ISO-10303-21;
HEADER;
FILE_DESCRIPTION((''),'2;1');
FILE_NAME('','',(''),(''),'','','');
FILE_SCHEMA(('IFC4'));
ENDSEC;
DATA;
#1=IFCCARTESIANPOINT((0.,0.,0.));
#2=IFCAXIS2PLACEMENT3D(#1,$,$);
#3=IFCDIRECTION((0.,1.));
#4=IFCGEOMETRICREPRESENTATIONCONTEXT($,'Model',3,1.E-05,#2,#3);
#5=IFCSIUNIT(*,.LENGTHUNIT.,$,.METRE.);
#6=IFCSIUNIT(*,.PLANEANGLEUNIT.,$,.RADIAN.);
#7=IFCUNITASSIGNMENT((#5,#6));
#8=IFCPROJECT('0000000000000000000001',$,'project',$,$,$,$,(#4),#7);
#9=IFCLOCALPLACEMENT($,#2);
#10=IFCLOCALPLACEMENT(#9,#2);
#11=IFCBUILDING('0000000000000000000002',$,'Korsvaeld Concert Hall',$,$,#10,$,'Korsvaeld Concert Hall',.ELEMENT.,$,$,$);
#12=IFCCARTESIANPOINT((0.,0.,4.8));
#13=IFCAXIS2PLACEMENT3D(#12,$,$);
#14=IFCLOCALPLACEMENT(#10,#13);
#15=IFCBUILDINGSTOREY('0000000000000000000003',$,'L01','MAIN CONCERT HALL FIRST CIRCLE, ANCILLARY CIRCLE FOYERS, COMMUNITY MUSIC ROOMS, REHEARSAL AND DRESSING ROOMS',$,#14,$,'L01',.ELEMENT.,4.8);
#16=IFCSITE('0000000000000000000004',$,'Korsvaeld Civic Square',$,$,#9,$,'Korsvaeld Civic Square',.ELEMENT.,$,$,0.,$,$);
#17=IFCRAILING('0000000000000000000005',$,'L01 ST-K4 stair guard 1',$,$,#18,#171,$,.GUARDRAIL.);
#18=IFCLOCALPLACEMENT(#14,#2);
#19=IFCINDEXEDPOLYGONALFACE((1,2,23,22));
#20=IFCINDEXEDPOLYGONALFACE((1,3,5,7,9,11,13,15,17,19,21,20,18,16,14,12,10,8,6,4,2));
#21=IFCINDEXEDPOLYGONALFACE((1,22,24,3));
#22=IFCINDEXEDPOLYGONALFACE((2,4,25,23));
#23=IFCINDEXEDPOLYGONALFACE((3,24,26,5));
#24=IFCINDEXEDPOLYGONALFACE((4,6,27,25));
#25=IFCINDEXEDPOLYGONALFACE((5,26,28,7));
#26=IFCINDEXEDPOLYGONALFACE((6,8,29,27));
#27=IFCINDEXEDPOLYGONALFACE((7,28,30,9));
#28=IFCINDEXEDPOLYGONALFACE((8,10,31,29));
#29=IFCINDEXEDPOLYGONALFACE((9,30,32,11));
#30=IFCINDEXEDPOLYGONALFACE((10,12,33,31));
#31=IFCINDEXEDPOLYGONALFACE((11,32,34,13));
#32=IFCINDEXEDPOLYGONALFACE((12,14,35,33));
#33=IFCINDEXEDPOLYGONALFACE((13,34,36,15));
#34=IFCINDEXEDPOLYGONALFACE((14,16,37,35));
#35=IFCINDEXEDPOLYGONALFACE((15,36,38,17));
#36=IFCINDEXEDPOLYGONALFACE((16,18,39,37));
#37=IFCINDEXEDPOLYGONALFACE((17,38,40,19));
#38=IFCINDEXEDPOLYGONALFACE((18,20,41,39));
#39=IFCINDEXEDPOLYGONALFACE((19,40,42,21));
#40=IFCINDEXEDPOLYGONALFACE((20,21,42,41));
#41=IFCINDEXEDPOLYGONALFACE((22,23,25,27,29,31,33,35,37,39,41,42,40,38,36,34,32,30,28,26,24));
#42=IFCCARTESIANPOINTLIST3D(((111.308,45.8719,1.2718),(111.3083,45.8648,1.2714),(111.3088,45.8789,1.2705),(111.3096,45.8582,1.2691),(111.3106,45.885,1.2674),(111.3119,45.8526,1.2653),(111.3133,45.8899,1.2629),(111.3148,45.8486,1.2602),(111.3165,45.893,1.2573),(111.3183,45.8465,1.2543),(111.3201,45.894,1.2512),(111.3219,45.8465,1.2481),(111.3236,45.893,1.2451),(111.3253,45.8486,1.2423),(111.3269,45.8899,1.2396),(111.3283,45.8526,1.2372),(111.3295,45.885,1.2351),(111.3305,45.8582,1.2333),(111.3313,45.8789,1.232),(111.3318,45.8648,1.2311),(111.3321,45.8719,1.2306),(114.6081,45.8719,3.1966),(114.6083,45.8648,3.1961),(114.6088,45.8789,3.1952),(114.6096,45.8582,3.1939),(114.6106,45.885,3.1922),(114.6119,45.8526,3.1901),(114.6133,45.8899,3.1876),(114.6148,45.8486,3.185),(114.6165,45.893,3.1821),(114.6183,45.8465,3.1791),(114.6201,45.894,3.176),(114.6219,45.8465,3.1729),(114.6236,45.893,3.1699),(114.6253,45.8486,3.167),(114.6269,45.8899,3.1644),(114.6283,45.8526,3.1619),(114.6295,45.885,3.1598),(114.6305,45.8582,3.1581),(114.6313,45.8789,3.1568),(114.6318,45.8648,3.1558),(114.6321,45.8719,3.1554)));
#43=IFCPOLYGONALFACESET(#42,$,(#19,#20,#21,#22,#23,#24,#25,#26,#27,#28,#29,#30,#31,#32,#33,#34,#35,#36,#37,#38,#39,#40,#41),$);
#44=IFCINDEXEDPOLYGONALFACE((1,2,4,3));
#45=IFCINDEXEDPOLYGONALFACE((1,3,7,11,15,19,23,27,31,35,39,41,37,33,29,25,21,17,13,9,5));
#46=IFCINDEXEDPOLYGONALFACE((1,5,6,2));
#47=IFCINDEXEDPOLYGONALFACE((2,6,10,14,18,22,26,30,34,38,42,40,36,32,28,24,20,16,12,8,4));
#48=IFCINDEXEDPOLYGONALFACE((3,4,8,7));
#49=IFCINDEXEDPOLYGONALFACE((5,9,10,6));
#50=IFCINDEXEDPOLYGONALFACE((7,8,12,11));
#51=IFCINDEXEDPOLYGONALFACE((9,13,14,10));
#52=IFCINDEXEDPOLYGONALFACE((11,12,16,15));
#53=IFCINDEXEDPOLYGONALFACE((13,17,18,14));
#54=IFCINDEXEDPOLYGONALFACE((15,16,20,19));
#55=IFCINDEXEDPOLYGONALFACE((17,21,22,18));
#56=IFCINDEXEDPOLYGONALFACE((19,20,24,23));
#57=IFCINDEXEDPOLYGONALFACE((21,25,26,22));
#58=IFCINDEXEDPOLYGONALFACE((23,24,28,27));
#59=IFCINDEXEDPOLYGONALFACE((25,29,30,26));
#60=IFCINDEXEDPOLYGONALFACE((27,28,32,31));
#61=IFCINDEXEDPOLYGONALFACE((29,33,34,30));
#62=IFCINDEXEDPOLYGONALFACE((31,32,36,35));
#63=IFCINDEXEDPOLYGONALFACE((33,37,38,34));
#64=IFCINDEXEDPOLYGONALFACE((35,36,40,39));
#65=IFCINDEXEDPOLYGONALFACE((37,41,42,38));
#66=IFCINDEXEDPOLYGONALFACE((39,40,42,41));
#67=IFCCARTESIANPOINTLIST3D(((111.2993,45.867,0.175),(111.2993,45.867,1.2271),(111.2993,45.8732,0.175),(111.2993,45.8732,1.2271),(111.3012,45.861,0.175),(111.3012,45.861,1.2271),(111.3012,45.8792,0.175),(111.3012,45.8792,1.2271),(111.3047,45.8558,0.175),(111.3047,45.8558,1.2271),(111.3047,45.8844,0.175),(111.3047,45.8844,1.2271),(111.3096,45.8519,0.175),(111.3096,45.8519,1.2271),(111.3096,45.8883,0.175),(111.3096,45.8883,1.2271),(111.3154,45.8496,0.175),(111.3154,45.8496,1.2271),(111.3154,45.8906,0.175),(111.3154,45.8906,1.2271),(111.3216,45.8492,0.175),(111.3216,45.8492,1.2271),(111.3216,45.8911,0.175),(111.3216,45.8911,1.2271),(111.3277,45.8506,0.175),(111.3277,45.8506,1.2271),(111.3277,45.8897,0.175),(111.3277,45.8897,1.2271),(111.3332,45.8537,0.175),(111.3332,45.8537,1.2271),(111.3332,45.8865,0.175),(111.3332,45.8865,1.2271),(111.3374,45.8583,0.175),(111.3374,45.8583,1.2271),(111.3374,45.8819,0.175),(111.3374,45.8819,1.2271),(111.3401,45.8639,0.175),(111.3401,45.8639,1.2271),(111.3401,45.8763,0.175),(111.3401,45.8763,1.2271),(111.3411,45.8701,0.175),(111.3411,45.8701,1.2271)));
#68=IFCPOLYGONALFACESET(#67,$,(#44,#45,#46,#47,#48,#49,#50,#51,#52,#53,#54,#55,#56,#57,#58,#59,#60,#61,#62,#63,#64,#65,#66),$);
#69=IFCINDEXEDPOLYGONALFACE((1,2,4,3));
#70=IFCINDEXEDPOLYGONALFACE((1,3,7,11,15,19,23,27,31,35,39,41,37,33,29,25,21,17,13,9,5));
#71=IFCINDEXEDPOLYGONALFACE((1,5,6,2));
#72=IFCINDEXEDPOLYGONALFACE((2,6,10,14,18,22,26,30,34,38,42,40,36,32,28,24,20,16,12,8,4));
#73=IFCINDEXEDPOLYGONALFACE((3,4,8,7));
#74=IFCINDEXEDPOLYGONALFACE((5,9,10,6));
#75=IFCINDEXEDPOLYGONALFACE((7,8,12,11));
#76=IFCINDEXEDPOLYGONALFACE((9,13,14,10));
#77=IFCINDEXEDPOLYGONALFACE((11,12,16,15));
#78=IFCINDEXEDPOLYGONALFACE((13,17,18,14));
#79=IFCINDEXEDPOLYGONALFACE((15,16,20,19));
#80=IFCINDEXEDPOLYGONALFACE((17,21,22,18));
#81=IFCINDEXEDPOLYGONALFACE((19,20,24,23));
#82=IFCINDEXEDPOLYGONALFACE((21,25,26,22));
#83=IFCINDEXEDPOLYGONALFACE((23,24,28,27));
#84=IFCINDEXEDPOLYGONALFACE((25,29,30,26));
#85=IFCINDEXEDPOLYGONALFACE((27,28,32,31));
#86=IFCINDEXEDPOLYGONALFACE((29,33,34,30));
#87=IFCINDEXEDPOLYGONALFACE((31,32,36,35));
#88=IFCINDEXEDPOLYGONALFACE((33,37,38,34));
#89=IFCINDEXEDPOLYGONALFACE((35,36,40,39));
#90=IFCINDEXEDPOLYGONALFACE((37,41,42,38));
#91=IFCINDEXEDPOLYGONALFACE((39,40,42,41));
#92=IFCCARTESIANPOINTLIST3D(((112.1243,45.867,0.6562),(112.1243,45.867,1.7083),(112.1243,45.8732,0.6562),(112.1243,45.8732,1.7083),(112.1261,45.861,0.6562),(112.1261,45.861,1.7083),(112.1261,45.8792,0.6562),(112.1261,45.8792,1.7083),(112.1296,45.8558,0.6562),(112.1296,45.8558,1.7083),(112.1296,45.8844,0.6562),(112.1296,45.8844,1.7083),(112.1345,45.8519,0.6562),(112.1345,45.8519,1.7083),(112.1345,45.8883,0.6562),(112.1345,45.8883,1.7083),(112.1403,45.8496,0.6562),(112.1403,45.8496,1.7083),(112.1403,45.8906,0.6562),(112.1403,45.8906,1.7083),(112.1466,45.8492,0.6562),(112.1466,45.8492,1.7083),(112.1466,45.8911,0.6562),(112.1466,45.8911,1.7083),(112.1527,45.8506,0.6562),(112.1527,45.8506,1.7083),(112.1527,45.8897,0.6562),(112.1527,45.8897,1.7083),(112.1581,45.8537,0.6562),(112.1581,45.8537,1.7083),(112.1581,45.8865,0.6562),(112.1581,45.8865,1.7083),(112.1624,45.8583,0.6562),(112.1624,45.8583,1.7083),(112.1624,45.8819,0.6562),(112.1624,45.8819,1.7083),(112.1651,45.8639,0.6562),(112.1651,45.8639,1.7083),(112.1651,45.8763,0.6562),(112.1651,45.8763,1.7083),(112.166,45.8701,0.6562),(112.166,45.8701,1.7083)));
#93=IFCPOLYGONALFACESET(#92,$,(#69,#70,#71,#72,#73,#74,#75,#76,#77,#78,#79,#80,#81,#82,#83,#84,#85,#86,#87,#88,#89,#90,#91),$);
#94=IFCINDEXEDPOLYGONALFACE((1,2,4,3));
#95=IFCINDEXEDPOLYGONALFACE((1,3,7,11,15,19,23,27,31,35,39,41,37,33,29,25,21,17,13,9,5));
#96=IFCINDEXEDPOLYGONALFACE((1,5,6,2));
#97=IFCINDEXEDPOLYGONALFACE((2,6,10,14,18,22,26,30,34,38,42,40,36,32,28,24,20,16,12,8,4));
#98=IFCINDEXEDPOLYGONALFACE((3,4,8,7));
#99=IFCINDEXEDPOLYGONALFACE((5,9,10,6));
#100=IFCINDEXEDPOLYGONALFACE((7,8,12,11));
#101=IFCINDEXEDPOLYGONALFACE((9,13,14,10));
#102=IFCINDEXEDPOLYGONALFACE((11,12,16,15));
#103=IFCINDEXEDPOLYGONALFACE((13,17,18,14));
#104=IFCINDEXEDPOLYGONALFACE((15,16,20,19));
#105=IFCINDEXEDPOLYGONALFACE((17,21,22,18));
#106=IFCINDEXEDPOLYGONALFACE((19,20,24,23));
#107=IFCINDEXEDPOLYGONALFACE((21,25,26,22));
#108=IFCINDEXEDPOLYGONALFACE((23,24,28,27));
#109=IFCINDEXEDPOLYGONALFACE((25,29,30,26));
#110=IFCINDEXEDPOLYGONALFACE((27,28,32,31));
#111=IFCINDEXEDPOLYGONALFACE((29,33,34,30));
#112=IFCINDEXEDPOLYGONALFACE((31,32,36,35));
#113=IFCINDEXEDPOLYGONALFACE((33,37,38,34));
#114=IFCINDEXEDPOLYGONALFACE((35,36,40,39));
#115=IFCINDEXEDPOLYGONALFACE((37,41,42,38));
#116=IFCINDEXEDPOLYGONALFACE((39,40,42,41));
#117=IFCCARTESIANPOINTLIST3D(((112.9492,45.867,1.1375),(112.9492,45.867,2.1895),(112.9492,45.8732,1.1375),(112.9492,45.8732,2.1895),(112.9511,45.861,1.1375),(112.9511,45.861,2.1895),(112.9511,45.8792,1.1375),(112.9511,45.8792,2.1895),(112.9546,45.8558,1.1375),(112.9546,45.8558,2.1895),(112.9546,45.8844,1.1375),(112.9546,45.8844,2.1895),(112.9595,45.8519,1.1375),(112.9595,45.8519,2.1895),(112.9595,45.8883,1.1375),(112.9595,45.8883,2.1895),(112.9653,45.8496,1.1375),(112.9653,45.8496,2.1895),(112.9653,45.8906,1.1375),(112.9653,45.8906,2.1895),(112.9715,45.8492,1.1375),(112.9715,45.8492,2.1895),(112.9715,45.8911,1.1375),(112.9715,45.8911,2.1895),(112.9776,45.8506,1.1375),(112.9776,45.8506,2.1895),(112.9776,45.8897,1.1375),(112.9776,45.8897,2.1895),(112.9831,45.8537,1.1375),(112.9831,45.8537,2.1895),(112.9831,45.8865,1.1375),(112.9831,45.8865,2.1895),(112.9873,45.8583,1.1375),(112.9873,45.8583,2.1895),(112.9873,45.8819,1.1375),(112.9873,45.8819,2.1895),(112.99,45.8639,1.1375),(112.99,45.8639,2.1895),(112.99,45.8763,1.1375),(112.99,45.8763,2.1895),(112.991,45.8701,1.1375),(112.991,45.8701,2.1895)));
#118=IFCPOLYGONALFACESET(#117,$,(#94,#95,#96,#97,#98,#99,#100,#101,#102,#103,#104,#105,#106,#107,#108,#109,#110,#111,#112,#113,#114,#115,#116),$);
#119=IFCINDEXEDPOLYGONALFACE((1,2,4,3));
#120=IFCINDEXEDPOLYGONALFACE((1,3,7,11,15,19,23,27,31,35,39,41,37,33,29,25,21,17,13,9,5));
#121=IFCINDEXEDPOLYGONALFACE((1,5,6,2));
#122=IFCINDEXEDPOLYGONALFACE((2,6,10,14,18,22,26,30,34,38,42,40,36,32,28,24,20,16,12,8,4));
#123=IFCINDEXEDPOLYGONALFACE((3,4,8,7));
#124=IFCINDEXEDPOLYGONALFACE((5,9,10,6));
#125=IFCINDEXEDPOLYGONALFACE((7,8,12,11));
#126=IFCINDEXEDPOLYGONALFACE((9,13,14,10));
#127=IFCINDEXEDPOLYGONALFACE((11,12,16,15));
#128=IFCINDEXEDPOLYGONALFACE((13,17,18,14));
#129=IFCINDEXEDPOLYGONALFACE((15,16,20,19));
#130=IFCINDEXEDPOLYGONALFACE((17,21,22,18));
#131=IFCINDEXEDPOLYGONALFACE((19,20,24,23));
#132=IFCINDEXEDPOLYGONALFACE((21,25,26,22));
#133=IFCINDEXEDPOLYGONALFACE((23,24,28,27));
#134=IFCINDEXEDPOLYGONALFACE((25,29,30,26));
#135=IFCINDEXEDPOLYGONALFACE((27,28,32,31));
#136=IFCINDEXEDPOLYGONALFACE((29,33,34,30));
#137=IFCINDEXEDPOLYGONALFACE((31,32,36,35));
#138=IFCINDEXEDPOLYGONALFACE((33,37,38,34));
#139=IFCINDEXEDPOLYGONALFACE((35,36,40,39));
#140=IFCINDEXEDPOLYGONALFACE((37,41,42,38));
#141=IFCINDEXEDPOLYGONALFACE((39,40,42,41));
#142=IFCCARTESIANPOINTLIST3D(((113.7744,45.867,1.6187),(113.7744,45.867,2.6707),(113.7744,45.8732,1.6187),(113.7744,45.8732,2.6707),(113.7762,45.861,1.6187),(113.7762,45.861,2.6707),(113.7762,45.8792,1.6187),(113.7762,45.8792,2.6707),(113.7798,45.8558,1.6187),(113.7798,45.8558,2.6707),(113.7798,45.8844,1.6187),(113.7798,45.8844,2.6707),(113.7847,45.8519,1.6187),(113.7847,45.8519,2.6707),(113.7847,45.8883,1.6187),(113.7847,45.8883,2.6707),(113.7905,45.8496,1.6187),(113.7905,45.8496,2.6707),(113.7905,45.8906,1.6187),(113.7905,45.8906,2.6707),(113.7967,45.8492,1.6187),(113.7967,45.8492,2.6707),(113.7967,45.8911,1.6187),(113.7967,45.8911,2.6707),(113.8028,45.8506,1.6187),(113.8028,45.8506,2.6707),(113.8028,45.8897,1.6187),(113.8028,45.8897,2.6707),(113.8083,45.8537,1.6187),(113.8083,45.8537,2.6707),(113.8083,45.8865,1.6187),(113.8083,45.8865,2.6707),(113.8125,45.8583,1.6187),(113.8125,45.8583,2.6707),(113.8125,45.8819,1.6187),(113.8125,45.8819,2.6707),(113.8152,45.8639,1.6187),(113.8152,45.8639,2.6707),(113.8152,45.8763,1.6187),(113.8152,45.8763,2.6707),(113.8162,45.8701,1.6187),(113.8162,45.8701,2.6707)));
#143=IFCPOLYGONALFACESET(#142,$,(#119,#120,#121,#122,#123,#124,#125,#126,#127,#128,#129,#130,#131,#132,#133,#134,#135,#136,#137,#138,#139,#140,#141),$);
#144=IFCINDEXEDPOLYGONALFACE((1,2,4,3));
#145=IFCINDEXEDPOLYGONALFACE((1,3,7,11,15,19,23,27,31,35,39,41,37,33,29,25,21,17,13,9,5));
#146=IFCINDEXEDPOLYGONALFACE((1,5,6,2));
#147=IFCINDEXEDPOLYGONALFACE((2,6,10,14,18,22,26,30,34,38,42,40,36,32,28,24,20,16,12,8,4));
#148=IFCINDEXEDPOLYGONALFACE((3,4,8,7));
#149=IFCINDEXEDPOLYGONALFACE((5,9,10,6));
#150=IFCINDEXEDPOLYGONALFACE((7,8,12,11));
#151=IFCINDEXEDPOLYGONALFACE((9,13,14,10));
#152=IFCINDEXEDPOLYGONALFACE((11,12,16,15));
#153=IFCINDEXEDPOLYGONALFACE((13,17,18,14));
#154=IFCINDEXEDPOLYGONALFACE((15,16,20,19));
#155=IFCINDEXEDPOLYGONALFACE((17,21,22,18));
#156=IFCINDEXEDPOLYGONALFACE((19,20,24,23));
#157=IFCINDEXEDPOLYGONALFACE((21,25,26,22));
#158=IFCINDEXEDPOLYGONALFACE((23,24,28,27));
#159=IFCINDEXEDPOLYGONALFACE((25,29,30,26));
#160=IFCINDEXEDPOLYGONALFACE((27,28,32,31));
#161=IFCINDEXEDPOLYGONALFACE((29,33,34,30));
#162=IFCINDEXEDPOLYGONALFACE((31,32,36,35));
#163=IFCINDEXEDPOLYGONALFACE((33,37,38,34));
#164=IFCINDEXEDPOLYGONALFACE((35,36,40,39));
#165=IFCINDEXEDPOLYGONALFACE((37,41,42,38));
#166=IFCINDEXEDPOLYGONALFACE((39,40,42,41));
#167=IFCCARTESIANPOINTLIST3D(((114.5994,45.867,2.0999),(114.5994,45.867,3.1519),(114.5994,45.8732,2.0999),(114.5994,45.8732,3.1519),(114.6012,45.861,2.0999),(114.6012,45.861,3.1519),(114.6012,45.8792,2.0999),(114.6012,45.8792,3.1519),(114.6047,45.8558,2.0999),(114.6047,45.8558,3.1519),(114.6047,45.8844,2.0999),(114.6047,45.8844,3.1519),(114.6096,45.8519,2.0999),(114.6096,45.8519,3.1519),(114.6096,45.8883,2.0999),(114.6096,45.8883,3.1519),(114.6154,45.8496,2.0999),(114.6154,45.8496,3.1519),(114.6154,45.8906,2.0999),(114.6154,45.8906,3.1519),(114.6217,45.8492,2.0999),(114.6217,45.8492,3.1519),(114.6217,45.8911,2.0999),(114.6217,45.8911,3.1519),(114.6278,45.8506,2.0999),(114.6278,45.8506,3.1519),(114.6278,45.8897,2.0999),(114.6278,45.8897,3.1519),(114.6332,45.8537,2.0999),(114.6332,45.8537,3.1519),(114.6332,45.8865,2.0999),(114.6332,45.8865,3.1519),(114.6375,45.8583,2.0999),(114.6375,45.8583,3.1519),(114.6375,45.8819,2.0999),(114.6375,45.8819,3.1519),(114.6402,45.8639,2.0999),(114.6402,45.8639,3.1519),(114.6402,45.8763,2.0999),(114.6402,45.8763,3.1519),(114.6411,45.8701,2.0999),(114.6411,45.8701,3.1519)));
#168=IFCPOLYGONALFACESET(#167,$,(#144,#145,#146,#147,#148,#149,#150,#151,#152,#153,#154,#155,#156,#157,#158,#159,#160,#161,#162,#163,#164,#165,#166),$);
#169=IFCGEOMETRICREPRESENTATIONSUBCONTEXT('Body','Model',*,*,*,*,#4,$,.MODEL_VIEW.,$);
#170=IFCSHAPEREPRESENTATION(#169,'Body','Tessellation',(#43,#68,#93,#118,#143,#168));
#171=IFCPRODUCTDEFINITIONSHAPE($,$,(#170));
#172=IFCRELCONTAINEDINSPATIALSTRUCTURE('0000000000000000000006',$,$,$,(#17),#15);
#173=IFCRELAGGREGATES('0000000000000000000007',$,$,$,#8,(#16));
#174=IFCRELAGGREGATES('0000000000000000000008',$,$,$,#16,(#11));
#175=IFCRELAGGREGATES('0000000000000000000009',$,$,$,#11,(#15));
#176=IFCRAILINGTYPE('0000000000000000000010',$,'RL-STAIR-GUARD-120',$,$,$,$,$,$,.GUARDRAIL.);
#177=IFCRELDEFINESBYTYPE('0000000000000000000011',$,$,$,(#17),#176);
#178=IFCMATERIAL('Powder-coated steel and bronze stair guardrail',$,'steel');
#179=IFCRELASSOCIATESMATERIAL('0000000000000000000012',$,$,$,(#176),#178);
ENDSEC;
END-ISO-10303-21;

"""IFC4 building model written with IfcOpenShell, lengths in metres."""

from ifc_helpers import new_model, si_unit, direction, frame, origin, origin_2d, place, context, subcontext, project, spatial, circle, extrude, material, type_object, element, save


model = new_model("IFC4")

# Units and contexts
model_context = context("Model", 3, precision=1e-05, world=origin(), true_north=direction((0.0, 1.0)))
body_context = subcontext(model_context, "Body", "Model", "MODEL_VIEW")
ifc_project = project(units=[si_unit("LENGTHUNIT", "METRE"), si_unit("PLANEANGLEUNIT", "RADIAN")], contexts=[model_context])

# Site, building, storey
site_placement = place(None, origin())
site = spatial("IfcSite", under=ifc_project, at=site_placement, Name="Korsvaeld Civic Square", LongName="Korsvaeld Civic Square", CompositionType="ELEMENT", RefElevation=0.0)
building_placement = place(site_placement, origin())
building = spatial("IfcBuilding", under=site, at=building_placement, Name="Korsvaeld Concert Hall", LongName="Korsvaeld Concert Hall", CompositionType="ELEMENT")
storey_placement = place(building_placement, frame((0.0, 0.0, 4.8)))
storey = spatial("IfcBuildingStorey", under=building, at=storey_placement, Name="L01", Description="MAIN CONCERT HALL FIRST CIRCLE, ANCILLARY CIRCLE FOYERS, COMMUNITY MUSIC ROOMS, REHEARSAL AND DRESSING ROOMS", LongName="L01", CompositionType="ELEMENT", Elevation=4.8)

# Railing
ifc_material_1 = material(Name="Powder-coated steel and bronze stair guardrail", Category="steel")
railing_type_1 = type_object("IfcRailingType", Name="RL-STAIR-GUARD-120", PredefinedType="GUARDRAIL", material=ifc_material_1)
railing_1_placement = place(storey_placement, frame((111.3201, 45.8701, 0.175)))
element("IfcRailing", 1, at=railing_1_placement, inside=storey, type_object=railing_type_1, Name="L01 ST-K4 stair guard 1", PredefinedType="GUARDRAIL", context=body_context, shape_type="SweptSolid", body=[
    extrude(circle(Radius=0.0239, at=origin_2d()), frame((0.0, 0.0, 1.0762), z_axis=(0.863804, 0.0, 0.503827), x_axis=(0.0, 1.0, 0.0)), (0.0, 0.0, 1.0), 3.8203),
    extrude(circle(Radius=0.021, at=origin_2d()), origin(), (0.0, 0.0, 1.0), 1.052),
    extrude(circle(Radius=0.021, at=origin_2d()), frame((0.825, 0.0, 0.4812)), (0.0, 0.0, 1.0), 1.052),
    extrude(circle(Radius=0.021, at=origin_2d()), frame((1.6499, 0.0, 0.9624)), (0.0, 0.0, 1.0), 1.052),
    extrude(circle(Radius=0.021, at=origin_2d()), frame((2.4751, 0.0, 1.4436)), (0.0, 0.0, 1.0), 1.052),
    extrude(circle(Radius=0.021, at=origin_2d()), frame((3.3, 0.0, 1.9248)), (0.0, 0.0, 1.0), 1.052),
])

save(model, "model.ifc")
